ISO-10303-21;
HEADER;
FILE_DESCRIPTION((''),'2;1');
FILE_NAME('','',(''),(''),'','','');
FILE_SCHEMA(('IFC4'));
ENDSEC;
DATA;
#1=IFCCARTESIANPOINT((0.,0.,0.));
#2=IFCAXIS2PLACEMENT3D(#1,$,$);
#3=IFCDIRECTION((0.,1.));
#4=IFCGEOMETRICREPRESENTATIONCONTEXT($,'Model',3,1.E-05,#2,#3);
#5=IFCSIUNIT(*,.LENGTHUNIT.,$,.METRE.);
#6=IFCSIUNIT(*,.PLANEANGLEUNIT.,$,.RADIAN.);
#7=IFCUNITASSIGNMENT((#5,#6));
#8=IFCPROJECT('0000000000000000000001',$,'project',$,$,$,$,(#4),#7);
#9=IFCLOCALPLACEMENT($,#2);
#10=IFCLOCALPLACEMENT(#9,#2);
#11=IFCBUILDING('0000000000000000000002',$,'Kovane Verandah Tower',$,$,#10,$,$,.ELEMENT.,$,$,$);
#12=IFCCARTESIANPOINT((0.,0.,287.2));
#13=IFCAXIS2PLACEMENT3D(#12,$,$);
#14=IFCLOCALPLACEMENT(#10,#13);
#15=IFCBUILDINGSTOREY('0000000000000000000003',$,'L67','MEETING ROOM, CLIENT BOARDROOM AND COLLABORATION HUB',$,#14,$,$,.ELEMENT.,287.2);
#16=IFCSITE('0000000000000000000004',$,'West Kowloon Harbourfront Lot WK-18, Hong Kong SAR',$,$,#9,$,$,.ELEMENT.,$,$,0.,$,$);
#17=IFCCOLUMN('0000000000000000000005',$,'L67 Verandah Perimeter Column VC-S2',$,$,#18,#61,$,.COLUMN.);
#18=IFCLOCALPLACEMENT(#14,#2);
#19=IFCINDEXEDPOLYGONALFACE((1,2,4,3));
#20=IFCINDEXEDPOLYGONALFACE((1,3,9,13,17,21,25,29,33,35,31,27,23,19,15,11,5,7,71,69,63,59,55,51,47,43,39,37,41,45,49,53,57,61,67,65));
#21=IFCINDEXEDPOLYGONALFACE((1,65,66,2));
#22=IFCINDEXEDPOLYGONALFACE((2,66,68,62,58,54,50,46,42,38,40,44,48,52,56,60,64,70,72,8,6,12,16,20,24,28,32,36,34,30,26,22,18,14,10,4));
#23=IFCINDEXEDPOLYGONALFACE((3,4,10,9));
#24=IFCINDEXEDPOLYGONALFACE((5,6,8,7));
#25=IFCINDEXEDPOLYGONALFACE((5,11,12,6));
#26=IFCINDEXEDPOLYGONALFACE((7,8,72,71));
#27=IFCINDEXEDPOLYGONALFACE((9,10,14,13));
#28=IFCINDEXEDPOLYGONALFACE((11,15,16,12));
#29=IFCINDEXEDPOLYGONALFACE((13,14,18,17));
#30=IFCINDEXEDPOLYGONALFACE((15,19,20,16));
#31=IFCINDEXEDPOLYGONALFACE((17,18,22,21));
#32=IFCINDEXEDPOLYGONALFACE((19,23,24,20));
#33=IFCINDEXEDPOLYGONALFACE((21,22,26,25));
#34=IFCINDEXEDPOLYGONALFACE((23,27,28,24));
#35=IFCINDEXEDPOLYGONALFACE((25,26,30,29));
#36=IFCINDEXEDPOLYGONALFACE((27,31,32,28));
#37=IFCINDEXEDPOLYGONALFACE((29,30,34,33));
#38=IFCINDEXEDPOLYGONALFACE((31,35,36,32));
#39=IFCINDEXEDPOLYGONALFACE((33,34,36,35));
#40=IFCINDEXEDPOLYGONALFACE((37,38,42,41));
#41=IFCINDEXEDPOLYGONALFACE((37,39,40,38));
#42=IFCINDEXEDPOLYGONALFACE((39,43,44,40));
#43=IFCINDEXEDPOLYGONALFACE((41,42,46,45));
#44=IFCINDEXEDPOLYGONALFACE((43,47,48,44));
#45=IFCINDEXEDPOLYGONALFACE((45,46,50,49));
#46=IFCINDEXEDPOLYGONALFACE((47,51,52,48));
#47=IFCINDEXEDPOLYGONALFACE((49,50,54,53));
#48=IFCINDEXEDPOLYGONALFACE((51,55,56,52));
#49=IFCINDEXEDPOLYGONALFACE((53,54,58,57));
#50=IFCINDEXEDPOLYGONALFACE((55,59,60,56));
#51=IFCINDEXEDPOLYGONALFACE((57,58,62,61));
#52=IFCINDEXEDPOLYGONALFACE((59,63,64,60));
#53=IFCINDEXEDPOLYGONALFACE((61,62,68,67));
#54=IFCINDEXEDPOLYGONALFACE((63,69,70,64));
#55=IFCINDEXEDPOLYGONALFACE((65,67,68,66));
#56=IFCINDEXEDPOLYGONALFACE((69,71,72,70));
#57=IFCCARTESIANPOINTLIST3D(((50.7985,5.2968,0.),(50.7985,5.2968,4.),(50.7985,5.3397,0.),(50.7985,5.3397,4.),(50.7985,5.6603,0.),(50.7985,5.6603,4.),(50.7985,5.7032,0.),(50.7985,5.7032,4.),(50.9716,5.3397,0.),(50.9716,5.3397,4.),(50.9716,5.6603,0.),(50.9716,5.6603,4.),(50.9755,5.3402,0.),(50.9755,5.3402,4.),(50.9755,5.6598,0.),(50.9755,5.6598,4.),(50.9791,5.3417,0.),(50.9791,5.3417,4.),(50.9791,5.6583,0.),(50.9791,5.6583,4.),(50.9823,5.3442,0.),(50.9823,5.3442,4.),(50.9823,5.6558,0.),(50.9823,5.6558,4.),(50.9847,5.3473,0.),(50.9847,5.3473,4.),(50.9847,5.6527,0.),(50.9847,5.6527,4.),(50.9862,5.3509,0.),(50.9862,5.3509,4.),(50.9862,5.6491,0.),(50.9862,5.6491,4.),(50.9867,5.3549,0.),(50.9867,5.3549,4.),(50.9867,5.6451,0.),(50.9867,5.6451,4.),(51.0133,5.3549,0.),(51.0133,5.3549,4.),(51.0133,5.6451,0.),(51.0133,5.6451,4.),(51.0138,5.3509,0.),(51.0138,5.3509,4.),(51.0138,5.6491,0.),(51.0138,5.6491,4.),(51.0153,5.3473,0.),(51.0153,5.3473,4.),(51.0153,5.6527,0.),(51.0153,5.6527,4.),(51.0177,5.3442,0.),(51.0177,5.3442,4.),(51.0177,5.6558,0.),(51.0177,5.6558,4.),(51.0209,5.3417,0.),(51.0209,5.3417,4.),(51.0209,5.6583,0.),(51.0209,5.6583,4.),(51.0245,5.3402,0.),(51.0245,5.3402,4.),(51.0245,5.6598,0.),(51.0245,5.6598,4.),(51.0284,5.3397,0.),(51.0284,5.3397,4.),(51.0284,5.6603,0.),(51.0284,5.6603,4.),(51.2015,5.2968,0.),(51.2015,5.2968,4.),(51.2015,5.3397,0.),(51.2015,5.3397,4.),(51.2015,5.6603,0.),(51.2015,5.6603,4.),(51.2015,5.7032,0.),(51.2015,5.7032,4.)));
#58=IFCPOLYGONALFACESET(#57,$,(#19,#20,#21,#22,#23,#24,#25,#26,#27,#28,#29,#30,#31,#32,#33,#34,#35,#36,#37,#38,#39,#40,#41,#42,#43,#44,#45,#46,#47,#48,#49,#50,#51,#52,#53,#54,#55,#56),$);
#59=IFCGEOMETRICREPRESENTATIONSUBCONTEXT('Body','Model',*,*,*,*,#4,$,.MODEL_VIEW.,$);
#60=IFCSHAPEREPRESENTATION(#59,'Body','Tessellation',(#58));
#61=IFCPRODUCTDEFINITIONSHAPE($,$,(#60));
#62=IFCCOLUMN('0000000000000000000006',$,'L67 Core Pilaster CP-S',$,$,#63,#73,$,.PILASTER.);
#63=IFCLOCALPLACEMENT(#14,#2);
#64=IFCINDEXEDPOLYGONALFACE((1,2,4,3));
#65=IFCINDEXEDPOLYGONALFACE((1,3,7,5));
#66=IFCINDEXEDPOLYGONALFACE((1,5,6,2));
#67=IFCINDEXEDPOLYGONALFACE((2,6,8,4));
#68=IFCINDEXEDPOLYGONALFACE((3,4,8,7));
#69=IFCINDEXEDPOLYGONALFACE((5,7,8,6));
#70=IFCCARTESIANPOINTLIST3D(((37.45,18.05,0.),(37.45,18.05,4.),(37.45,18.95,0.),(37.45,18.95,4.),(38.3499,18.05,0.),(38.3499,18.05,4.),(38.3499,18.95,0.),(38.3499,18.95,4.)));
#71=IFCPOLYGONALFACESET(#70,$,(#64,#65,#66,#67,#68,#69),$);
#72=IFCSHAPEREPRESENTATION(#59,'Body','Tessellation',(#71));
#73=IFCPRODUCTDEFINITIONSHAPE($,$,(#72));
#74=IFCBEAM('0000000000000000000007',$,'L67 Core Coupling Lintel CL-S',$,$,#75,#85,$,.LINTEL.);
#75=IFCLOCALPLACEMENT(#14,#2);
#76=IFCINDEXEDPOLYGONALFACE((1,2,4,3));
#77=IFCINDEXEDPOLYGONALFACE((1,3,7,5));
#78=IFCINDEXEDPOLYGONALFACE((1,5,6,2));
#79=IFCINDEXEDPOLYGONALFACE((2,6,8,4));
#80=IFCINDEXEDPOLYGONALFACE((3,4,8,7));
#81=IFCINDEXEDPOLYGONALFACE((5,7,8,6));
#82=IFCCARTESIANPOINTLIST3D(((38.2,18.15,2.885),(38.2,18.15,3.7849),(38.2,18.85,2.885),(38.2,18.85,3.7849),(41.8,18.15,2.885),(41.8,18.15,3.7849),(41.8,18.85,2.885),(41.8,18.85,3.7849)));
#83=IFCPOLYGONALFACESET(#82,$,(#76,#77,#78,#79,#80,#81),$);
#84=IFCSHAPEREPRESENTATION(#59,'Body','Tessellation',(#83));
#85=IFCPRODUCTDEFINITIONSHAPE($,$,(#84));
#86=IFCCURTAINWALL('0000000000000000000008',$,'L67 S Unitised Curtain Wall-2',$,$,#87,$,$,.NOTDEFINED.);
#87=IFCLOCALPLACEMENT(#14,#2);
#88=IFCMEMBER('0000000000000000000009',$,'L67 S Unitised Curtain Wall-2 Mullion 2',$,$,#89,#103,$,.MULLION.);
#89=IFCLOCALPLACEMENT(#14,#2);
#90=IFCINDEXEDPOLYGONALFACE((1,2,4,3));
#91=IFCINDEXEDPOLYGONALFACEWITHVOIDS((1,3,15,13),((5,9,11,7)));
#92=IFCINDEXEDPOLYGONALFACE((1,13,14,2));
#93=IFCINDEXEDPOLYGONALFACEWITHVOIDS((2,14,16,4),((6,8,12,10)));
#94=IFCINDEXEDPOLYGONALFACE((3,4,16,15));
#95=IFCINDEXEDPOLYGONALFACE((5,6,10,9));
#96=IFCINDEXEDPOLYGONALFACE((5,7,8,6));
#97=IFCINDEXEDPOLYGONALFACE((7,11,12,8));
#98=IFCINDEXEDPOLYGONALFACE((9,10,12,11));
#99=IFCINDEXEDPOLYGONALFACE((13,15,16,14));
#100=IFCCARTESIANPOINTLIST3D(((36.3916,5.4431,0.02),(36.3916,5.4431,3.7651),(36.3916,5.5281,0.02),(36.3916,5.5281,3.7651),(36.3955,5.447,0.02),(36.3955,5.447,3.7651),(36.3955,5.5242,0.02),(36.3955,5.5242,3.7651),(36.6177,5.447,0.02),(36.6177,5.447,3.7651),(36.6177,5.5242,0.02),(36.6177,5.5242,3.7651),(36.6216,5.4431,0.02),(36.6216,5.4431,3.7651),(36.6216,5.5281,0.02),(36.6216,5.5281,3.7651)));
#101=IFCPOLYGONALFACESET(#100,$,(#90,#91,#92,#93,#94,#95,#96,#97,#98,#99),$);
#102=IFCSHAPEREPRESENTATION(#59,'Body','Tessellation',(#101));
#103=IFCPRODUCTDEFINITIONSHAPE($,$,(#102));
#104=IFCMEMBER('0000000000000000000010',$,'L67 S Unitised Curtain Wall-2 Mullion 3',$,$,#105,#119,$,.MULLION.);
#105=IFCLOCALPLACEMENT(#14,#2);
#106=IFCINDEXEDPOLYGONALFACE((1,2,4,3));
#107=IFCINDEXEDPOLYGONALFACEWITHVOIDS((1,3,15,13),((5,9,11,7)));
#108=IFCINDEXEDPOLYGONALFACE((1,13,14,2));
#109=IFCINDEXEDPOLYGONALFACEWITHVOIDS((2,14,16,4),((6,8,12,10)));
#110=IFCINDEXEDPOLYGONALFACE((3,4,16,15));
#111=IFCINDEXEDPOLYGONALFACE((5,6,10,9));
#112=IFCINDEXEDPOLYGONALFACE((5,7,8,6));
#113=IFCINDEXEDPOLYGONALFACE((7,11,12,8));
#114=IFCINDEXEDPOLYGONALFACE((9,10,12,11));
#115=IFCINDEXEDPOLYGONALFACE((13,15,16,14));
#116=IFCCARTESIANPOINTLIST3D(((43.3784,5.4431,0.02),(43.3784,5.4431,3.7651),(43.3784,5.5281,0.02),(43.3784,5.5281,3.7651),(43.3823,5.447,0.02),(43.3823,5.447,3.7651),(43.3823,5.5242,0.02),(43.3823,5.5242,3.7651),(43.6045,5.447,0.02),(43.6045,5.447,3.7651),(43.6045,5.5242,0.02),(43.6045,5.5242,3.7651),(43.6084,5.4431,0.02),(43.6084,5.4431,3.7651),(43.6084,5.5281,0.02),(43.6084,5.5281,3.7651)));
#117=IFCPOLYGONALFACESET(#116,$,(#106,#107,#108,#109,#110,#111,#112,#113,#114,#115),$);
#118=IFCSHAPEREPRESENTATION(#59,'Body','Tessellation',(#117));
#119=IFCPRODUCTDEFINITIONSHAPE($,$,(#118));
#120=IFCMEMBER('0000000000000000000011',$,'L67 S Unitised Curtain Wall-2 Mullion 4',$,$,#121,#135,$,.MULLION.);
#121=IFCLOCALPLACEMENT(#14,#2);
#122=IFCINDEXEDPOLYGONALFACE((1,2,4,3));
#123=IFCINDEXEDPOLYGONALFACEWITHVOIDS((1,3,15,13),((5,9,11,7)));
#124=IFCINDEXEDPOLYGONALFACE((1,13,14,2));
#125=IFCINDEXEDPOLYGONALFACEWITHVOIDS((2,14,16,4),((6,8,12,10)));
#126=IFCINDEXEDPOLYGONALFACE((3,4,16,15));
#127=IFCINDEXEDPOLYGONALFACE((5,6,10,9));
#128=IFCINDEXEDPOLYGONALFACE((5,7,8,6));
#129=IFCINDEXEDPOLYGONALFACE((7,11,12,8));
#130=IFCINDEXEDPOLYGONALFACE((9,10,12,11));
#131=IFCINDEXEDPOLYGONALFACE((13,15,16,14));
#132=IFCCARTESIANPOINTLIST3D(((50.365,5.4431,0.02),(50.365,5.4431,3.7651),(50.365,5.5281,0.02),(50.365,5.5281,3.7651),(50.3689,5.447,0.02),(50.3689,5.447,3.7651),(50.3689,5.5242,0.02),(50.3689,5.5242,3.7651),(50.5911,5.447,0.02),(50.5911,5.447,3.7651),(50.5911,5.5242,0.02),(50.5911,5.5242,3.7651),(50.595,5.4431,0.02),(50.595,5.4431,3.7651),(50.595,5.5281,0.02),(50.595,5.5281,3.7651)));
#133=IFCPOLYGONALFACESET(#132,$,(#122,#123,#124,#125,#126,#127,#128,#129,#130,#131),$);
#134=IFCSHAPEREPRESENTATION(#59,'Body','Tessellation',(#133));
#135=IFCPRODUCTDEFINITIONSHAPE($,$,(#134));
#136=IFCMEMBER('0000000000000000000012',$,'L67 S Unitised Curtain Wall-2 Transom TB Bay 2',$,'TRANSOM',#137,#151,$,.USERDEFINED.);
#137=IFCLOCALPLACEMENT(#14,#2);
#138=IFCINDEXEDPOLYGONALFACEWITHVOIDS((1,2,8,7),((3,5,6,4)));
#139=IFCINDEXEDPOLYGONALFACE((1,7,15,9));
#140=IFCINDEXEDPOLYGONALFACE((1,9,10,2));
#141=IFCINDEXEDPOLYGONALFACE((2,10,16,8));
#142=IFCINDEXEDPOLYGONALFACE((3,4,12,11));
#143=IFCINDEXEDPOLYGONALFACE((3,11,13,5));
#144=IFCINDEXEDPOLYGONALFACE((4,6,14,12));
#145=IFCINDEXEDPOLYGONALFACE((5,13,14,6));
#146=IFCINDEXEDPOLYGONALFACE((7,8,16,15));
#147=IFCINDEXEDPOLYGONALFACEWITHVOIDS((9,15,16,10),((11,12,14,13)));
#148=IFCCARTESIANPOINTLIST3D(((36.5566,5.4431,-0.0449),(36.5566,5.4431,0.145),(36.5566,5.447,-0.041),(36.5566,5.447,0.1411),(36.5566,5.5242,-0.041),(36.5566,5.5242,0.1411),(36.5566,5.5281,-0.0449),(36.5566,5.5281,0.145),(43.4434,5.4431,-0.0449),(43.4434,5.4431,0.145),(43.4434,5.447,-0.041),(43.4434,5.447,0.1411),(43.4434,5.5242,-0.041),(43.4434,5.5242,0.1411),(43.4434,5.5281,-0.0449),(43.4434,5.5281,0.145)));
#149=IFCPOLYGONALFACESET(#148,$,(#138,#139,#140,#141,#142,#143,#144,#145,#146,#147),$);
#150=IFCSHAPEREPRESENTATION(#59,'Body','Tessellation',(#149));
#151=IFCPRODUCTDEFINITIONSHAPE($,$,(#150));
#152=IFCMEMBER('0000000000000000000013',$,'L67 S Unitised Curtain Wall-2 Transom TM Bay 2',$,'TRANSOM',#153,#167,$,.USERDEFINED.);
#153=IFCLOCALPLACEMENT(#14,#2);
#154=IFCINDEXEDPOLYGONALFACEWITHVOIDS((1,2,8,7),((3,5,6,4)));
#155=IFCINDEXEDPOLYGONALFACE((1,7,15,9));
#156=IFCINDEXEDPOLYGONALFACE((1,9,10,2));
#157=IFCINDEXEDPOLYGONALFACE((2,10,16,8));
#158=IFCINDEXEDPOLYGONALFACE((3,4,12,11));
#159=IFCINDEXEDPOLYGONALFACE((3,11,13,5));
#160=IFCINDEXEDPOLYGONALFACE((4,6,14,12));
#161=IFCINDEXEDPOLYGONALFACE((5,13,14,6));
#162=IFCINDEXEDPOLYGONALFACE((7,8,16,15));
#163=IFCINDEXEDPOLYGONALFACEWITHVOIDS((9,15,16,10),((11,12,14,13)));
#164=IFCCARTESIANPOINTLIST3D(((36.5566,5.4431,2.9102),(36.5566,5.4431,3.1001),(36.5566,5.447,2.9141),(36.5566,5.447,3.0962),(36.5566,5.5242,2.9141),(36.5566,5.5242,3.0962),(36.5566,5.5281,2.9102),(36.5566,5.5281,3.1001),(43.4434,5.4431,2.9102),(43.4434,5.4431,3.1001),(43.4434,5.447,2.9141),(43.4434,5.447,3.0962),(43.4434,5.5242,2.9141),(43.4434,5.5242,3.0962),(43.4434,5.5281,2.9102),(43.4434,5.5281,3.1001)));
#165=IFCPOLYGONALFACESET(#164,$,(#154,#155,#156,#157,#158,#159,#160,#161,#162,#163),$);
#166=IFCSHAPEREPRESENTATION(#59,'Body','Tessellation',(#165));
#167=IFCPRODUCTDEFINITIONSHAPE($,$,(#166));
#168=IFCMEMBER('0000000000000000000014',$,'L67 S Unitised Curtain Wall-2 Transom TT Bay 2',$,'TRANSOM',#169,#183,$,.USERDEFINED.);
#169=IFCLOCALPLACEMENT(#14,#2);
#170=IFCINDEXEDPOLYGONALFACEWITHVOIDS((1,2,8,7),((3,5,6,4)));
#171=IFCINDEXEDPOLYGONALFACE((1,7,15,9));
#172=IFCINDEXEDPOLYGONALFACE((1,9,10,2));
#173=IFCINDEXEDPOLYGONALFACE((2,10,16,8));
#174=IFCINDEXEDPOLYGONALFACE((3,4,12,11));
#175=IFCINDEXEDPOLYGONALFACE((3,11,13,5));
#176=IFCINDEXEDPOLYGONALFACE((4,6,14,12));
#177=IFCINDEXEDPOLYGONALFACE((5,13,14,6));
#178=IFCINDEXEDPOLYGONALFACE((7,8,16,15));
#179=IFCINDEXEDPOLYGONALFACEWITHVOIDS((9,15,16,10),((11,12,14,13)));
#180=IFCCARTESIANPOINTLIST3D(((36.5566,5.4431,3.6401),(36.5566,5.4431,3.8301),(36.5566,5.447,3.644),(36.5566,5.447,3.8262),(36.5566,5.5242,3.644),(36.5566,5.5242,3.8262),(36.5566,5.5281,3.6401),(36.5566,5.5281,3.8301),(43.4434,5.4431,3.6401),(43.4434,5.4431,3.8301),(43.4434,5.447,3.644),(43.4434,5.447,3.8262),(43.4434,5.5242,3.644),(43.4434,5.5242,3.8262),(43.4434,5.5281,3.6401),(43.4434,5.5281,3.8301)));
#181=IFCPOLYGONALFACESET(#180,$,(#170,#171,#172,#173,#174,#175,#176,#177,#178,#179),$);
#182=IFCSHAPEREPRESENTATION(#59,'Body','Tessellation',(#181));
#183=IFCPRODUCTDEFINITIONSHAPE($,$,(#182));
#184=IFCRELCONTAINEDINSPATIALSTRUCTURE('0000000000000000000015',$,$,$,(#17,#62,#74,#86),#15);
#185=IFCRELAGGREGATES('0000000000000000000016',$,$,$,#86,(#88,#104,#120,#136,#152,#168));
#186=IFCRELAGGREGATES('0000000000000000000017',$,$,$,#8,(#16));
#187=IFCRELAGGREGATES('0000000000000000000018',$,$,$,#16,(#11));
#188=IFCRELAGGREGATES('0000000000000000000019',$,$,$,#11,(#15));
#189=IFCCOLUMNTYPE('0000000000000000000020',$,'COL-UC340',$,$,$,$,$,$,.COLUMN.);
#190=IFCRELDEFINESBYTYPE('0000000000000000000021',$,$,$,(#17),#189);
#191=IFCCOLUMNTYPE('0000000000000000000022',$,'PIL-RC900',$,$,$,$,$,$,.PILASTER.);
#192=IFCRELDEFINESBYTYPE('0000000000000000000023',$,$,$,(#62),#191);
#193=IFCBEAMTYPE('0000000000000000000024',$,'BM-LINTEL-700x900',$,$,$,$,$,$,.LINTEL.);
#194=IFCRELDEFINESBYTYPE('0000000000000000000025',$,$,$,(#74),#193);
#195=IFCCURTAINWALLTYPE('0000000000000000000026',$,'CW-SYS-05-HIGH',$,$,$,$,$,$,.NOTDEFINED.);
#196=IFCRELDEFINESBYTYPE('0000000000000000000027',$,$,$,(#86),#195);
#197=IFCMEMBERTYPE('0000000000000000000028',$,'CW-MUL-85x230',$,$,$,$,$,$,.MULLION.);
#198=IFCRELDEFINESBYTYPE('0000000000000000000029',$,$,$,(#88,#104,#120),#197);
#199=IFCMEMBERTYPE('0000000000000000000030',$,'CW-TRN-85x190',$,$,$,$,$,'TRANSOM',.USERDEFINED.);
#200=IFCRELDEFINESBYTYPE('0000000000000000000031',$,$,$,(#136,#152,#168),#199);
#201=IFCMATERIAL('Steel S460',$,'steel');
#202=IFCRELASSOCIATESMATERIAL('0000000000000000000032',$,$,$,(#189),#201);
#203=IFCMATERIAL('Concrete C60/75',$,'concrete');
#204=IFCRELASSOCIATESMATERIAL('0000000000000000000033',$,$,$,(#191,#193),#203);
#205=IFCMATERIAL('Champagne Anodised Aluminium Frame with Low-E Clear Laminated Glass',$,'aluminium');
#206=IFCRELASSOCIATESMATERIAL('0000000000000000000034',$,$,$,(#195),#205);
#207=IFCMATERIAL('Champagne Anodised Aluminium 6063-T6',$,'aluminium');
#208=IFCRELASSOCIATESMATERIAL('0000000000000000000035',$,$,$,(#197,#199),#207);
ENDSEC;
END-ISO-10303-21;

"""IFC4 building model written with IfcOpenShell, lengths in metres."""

from ifc_helpers import new_model, si_unit, direction, frame, origin, origin_2d, place, context, subcontext, project, spatial, rectangle, hollow_rectangle, i_section, extrude, material, material_profile, profile_set, type_object, element, aggregate, save


model = new_model("IFC4")

# Units and contexts
model_context = context("Model", 3, precision=1e-05, world=origin(), true_north=direction((0.0, 1.0)))
body_context = subcontext(model_context, "Body", "Model", "MODEL_VIEW")
ifc_project = project(units=[si_unit("LENGTHUNIT", "METRE"), si_unit("PLANEANGLEUNIT", "RADIAN")], contexts=[model_context])

# Site, building, storey
site_placement = place(None, origin())
site = spatial("IfcSite", under=ifc_project, at=site_placement, Name="West Kowloon Harbourfront Lot WK-18, Hong Kong SAR", CompositionType="ELEMENT", RefElevation=0.0)
building_placement = place(site_placement, origin())
building = spatial("IfcBuilding", under=site, at=building_placement, Name="Kovane Verandah Tower", CompositionType="ELEMENT")
storey_placement = place(building_placement, frame((0.0, 0.0, 287.2)))
storey = spatial("IfcBuildingStorey", under=building, at=storey_placement, Name="L67", Description="MEETING ROOM, CLIENT BOARDROOM AND COLLABORATION HUB", CompositionType="ELEMENT", Elevation=287.2)

# Columns
ifc_material_1 = material(Name="Steel S460", Category="steel")
ifc_material_profile_1 = material_profile(ifc_material_1, i_section(OverallWidth=0.4031, OverallDepth=0.4065, WebThickness=0.0266, FlangeThickness=0.043, FilletRadius=0.0151, at=origin_2d()), Name="UC356x406x340")
ifc_profile_set_1 = profile_set([ifc_material_profile_1], Name="Steel S460")
column_type_1 = type_object("IfcColumnType", Name="COL-UC340", PredefinedType="COLUMN", material=ifc_profile_set_1)
column_1_placement = place(storey_placement, frame((51.0, 5.5, 0.0), z_axis=(0.0, 0.0, 1.0), x_axis=(1.0, 0.0, 0.0)))
element("IfcColumn", 1, at=column_1_placement, inside=storey, type_object=column_type_1, Name="L67 Verandah Perimeter Column VC-S2", PredefinedType="COLUMN", context=body_context, shape_type="SweptSolid", body=[
    extrude(i_section(OverallWidth=0.4031, OverallDepth=0.4065, WebThickness=0.0266, FlangeThickness=0.043, FilletRadius=0.0151, at=origin_2d()), origin(), (0.0, 0.0, 1.0), 4.0),
])
ifc_material_2 = material(Name="Concrete C60/75", Category="concrete")
ifc_material_profile_2 = material_profile(ifc_material_2, rectangle(XDim=0.8999, YDim=0.8999, at=origin_2d()), Name="RC900x900")
ifc_profile_set_2 = profile_set([ifc_material_profile_2], Name="Concrete C60/75")
column_type_2 = type_object("IfcColumnType", Name="PIL-RC900", PredefinedType="PILASTER", material=ifc_profile_set_2)
column_2_placement = place(storey_placement, frame((37.8999, 18.5, 0.0), z_axis=(0.0, 0.0, 1.0), x_axis=(1.0, 0.0, 0.0)))
element("IfcColumn", 2, at=column_2_placement, inside=storey, type_object=column_type_2, Name="L67 Core Pilaster CP-S", PredefinedType="PILASTER", context=body_context, shape_type="SweptSolid", body=[
    extrude(rectangle(XDim=0.8999, YDim=0.8999, at=origin_2d()), origin(), (0.0, 0.0, 1.0), 4.0),
])

# Beam
ifc_material_profile_3 = material_profile(ifc_material_2, rectangle(XDim=0.7, YDim=0.8999, at=origin_2d()), Name="RCB700x900")
ifc_profile_set_3 = profile_set([ifc_material_profile_3], Name="Concrete C60/75")
beam_type = type_object("IfcBeamType", Name="BM-LINTEL-700x900", PredefinedType="LINTEL", material=ifc_profile_set_3)
beam_placement = place(storey_placement, frame((38.2, 18.5, 3.335), z_axis=(1.0, 0.0, 0.0), x_axis=(0.0, 1.0, 0.0)))
element("IfcBeam", 3, at=beam_placement, inside=storey, type_object=beam_type, Name="L67 Core Coupling Lintel CL-S", PredefinedType="LINTEL", context=body_context, shape_type="SweptSolid", body=[
    extrude(rectangle(XDim=0.7, YDim=0.8999, at=origin_2d()), origin(), (0.0, 0.0, 1.0), 3.6001),
])

# Curtain wall, members
ifc_material_3 = material(Name="Champagne Anodised Aluminium Frame with Low-E Clear Laminated Glass", Category="aluminium")
curtain_wall_type = type_object("IfcCurtainWallType", Name="CW-SYS-05-HIGH", PredefinedType="NOTDEFINED", material=ifc_material_3)
curtain_wall_placement = place(storey_placement, origin())
curtain_wall = element("IfcCurtainWall", 4, at=curtain_wall_placement, inside=storey, type_object=curtain_wall_type, Name="L67 S Unitised Curtain Wall-2", PredefinedType="NOTDEFINED")
ifc_material_4 = material(Name="Champagne Anodised Aluminium 6063-T6", Category="aluminium")
ifc_material_profile_4 = material_profile(ifc_material_4, hollow_rectangle(XDim=0.085, YDim=0.23, WallThickness=0.0039, at=origin_2d()), Name="AL85x230x4")
ifc_profile_set_4 = profile_set([ifc_material_profile_4], Name="Champagne Anodised Aluminium 6063-T6")
member_type_1 = type_object("IfcMemberType", Name="CW-MUL-85x230", PredefinedType="MULLION", material=ifc_profile_set_4)
member_1_placement = place(storey_placement, frame((36.5066, 5.4856, 0.02), z_axis=(0.0, 0.0, 1.0), x_axis=(0.0, -1.0, 0.0)))
member_1 = element("IfcMember", 5, at=member_1_placement, type_object=member_type_1, Name="L67 S Unitised Curtain Wall-2 Mullion 2", PredefinedType="MULLION", context=body_context, shape_type="SweptSolid", body=[
    extrude(hollow_rectangle(XDim=0.085, YDim=0.23, WallThickness=0.0039, at=origin_2d()), origin(), (0.0, 0.0, 1.0), 3.7451),
])
member_2_placement = place(storey_placement, frame((43.4934, 5.4856, 0.02), z_axis=(0.0, 0.0, 1.0), x_axis=(0.0, -1.0, 0.0)))
member_2 = element("IfcMember", 6, at=member_2_placement, type_object=member_type_1, Name="L67 S Unitised Curtain Wall-2 Mullion 3", PredefinedType="MULLION", context=body_context, shape_type="SweptSolid", body=[
    extrude(hollow_rectangle(XDim=0.085, YDim=0.23, WallThickness=0.0039, at=origin_2d()), origin(), (0.0, 0.0, 1.0), 3.7451),
])
member_3_placement = place(storey_placement, frame((50.48, 5.4856, 0.02), z_axis=(0.0, 0.0, 1.0), x_axis=(0.0, -1.0, 0.0)))
member_3 = element("IfcMember", 7, at=member_3_placement, type_object=member_type_1, Name="L67 S Unitised Curtain Wall-2 Mullion 4", PredefinedType="MULLION", context=body_context, shape_type="SweptSolid", body=[
    extrude(hollow_rectangle(XDim=0.085, YDim=0.23, WallThickness=0.0039, at=origin_2d()), origin(), (0.0, 0.0, 1.0), 3.7451),
])
ifc_material_profile_5 = material_profile(ifc_material_4, hollow_rectangle(XDim=0.085, YDim=0.1899, WallThickness=0.0039, at=origin_2d()), Name="AL85x190x4")
ifc_profile_set_5 = profile_set([ifc_material_profile_5], Name="Champagne Anodised Aluminium 6063-T6")
member_type_2 = type_object("IfcMemberType", Name="CW-TRN-85x190", ElementType="TRANSOM", PredefinedType="USERDEFINED", material=ifc_profile_set_5)
member_4_placement = place(storey_placement, frame((36.5566, 5.4856, 0.05), z_axis=(1.0, 0.0, 0.0), x_axis=(0.0, 1.0, 0.0)))
member_4 = element("IfcMember", 8, at=member_4_placement, type_object=member_type_2, Name="L67 S Unitised Curtain Wall-2 Transom TB Bay 2", ObjectType="TRANSOM", PredefinedType="USERDEFINED", context=body_context, shape_type="SweptSolid", body=[
    extrude(hollow_rectangle(XDim=0.085, YDim=0.1899, WallThickness=0.0039, at=origin_2d()), origin(), (0.0, 0.0, 1.0), 6.8867),
])
member_5_placement = place(storey_placement, frame((36.5566, 5.4856, 3.0051), z_axis=(1.0, 0.0, 0.0), x_axis=(0.0, 1.0, 0.0)))
member_5 = element("IfcMember", 9, at=member_5_placement, type_object=member_type_2, Name="L67 S Unitised Curtain Wall-2 Transom TM Bay 2", ObjectType="TRANSOM", PredefinedType="USERDEFINED", context=body_context, shape_type="SweptSolid", body=[
    extrude(hollow_rectangle(XDim=0.085, YDim=0.1899, WallThickness=0.0039, at=origin_2d()), origin(), (0.0, 0.0, 1.0), 6.8867),
])
member_6_placement = place(storey_placement, frame((36.5566, 5.4856, 3.7351), z_axis=(1.0, 0.0, 0.0), x_axis=(0.0, 1.0, 0.0)))
member_6 = element("IfcMember", 10, at=member_6_placement, type_object=member_type_2, Name="L67 S Unitised Curtain Wall-2 Transom TT Bay 2", ObjectType="TRANSOM", PredefinedType="USERDEFINED", context=body_context, shape_type="SweptSolid", body=[
    extrude(hollow_rectangle(XDim=0.085, YDim=0.1899, WallThickness=0.0039, at=origin_2d()), origin(), (0.0, 0.0, 1.0), 6.8867),
])
aggregate(curtain_wall, [member_1, member_2, member_3, member_4, member_5, member_6])

save(model, "model.ifc")
